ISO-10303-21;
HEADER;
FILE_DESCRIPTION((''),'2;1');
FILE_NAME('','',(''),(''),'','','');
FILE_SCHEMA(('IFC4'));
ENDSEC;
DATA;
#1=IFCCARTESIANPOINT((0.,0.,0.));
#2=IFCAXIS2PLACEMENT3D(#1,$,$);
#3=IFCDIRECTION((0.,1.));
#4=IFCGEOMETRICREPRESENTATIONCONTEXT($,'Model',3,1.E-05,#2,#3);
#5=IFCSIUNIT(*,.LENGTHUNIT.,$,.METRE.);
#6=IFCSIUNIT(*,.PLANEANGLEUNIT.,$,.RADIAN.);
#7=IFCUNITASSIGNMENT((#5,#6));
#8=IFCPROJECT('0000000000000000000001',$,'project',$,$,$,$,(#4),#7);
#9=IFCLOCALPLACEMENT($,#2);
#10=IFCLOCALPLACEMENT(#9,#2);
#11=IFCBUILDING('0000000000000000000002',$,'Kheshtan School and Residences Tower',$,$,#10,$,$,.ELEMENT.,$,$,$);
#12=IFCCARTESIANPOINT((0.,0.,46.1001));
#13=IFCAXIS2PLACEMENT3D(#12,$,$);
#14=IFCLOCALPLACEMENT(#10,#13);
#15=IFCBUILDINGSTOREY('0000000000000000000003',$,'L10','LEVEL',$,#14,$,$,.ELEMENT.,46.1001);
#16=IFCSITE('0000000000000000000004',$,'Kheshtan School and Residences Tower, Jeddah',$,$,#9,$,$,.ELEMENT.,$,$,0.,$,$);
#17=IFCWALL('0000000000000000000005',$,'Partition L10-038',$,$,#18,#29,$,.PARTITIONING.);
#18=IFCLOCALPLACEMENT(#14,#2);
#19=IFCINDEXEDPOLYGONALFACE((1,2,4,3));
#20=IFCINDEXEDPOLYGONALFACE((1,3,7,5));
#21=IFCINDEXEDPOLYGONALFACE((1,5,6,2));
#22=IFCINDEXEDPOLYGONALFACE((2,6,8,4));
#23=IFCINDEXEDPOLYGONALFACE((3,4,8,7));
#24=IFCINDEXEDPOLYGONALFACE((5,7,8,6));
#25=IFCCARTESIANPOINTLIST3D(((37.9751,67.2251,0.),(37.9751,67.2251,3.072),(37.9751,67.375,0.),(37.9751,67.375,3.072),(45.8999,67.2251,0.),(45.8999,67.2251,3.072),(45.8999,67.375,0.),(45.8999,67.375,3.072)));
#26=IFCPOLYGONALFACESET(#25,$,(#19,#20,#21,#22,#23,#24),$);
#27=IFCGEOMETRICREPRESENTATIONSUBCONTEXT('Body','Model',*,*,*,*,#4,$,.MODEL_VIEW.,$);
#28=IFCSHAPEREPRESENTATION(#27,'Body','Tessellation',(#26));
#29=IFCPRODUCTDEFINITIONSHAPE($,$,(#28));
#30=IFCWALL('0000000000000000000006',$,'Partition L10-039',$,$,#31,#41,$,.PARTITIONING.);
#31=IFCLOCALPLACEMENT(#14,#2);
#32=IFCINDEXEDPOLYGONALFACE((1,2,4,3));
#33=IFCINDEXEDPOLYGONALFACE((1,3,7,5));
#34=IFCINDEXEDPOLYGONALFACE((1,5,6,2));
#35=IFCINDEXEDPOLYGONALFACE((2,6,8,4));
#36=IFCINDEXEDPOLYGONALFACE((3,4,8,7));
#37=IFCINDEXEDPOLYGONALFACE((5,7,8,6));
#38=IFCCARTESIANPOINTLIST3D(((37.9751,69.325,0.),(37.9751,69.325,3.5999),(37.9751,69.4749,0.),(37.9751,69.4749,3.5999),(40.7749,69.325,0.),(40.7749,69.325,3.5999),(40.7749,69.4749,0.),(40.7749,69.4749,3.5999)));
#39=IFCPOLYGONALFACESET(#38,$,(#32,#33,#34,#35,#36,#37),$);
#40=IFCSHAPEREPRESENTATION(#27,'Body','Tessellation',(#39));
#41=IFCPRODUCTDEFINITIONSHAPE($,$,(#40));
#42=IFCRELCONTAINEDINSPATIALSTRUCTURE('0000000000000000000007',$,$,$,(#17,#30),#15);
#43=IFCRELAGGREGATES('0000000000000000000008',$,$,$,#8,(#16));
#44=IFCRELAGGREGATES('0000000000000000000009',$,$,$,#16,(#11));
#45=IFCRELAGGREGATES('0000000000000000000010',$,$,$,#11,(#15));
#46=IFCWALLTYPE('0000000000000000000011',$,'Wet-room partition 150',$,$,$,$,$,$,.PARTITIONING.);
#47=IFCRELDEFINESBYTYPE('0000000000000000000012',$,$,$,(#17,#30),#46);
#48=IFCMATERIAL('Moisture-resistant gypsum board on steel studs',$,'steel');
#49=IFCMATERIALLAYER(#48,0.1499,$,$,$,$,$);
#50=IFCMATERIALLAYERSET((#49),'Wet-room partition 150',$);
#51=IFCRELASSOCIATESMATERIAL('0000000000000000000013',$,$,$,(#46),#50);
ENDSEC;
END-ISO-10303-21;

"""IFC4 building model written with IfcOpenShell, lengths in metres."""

from ifc_helpers import new_model, si_unit, direction, frame, frame_2d, origin, place, context, subcontext, project, spatial, rectangle, extrude, material, layer, layer_set, type_object, element, save


model = new_model("IFC4")

# Units and contexts
model_context = context("Model", 3, precision=1e-05, world=origin(), true_north=direction((0.0, 1.0)))
body_context = subcontext(model_context, "Body", "Model", "MODEL_VIEW")
ifc_project = project(units=[si_unit("LENGTHUNIT", "METRE"), si_unit("PLANEANGLEUNIT", "RADIAN")], contexts=[model_context])

# Site, building, storey
site_placement = place(None, origin())
site = spatial("IfcSite", under=ifc_project, at=site_placement, Name="Kheshtan School and Residences Tower, Jeddah", CompositionType="ELEMENT", RefElevation=0.0)
building_placement = place(site_placement, origin())
building = spatial("IfcBuilding", under=site, at=building_placement, Name="Kheshtan School and Residences Tower", CompositionType="ELEMENT")
storey_placement = place(building_placement, frame((0.0, 0.0, 46.1001)))
storey = spatial("IfcBuildingStorey", under=building, at=storey_placement, Name="L10", Description="LEVEL", CompositionType="ELEMENT", Elevation=46.1001)

# Shared definitions
ifc_material_1 = material(Name="Moisture-resistant gypsum board on steel studs", Category="steel")
ifc_layer_1 = layer(ifc_material_1, 0.1499)
ifc_layer_set_1 = layer_set([ifc_layer_1], Name="Wet-room partition 150")
wall_type_1 = type_object("IfcWallType", Name="Wet-room partition 150", PredefinedType="PARTITIONING", material=ifc_layer_set_1)

# Walls
wall_1_placement = place(storey_placement, frame((37.9751, 67.3, 0.0), z_axis=(0.0, 0.0, 1.0), x_axis=(1.0, 0.0, 0.0)))
element("IfcWall", 1, at=wall_1_placement, inside=storey, type_object=wall_type_1, Name="Partition L10-038", PredefinedType="PARTITIONING", context=body_context, shape_type="SweptSolid", body=[
    extrude(rectangle(XDim=7.9248, YDim=0.1499, at=frame_2d((3.9624, 0.0))), origin(), (0.0, 0.0, 1.0), 3.072),
])
wall_2_placement = place(storey_placement, frame((37.9751, 69.3999, 0.0), z_axis=(0.0, 0.0, 1.0), x_axis=(1.0, 0.0, 0.0)))
element("IfcWall", 2, at=wall_2_placement, inside=storey, type_object=wall_type_1, Name="Partition L10-039", PredefinedType="PARTITIONING", context=body_context, shape_type="SweptSolid", body=[
    extrude(rectangle(XDim=2.7998, YDim=0.1499, at=frame_2d((1.3999, 0.0))), origin(), (0.0, 0.0, 1.0), 3.5999),
])

save(model, "model.ifc")
